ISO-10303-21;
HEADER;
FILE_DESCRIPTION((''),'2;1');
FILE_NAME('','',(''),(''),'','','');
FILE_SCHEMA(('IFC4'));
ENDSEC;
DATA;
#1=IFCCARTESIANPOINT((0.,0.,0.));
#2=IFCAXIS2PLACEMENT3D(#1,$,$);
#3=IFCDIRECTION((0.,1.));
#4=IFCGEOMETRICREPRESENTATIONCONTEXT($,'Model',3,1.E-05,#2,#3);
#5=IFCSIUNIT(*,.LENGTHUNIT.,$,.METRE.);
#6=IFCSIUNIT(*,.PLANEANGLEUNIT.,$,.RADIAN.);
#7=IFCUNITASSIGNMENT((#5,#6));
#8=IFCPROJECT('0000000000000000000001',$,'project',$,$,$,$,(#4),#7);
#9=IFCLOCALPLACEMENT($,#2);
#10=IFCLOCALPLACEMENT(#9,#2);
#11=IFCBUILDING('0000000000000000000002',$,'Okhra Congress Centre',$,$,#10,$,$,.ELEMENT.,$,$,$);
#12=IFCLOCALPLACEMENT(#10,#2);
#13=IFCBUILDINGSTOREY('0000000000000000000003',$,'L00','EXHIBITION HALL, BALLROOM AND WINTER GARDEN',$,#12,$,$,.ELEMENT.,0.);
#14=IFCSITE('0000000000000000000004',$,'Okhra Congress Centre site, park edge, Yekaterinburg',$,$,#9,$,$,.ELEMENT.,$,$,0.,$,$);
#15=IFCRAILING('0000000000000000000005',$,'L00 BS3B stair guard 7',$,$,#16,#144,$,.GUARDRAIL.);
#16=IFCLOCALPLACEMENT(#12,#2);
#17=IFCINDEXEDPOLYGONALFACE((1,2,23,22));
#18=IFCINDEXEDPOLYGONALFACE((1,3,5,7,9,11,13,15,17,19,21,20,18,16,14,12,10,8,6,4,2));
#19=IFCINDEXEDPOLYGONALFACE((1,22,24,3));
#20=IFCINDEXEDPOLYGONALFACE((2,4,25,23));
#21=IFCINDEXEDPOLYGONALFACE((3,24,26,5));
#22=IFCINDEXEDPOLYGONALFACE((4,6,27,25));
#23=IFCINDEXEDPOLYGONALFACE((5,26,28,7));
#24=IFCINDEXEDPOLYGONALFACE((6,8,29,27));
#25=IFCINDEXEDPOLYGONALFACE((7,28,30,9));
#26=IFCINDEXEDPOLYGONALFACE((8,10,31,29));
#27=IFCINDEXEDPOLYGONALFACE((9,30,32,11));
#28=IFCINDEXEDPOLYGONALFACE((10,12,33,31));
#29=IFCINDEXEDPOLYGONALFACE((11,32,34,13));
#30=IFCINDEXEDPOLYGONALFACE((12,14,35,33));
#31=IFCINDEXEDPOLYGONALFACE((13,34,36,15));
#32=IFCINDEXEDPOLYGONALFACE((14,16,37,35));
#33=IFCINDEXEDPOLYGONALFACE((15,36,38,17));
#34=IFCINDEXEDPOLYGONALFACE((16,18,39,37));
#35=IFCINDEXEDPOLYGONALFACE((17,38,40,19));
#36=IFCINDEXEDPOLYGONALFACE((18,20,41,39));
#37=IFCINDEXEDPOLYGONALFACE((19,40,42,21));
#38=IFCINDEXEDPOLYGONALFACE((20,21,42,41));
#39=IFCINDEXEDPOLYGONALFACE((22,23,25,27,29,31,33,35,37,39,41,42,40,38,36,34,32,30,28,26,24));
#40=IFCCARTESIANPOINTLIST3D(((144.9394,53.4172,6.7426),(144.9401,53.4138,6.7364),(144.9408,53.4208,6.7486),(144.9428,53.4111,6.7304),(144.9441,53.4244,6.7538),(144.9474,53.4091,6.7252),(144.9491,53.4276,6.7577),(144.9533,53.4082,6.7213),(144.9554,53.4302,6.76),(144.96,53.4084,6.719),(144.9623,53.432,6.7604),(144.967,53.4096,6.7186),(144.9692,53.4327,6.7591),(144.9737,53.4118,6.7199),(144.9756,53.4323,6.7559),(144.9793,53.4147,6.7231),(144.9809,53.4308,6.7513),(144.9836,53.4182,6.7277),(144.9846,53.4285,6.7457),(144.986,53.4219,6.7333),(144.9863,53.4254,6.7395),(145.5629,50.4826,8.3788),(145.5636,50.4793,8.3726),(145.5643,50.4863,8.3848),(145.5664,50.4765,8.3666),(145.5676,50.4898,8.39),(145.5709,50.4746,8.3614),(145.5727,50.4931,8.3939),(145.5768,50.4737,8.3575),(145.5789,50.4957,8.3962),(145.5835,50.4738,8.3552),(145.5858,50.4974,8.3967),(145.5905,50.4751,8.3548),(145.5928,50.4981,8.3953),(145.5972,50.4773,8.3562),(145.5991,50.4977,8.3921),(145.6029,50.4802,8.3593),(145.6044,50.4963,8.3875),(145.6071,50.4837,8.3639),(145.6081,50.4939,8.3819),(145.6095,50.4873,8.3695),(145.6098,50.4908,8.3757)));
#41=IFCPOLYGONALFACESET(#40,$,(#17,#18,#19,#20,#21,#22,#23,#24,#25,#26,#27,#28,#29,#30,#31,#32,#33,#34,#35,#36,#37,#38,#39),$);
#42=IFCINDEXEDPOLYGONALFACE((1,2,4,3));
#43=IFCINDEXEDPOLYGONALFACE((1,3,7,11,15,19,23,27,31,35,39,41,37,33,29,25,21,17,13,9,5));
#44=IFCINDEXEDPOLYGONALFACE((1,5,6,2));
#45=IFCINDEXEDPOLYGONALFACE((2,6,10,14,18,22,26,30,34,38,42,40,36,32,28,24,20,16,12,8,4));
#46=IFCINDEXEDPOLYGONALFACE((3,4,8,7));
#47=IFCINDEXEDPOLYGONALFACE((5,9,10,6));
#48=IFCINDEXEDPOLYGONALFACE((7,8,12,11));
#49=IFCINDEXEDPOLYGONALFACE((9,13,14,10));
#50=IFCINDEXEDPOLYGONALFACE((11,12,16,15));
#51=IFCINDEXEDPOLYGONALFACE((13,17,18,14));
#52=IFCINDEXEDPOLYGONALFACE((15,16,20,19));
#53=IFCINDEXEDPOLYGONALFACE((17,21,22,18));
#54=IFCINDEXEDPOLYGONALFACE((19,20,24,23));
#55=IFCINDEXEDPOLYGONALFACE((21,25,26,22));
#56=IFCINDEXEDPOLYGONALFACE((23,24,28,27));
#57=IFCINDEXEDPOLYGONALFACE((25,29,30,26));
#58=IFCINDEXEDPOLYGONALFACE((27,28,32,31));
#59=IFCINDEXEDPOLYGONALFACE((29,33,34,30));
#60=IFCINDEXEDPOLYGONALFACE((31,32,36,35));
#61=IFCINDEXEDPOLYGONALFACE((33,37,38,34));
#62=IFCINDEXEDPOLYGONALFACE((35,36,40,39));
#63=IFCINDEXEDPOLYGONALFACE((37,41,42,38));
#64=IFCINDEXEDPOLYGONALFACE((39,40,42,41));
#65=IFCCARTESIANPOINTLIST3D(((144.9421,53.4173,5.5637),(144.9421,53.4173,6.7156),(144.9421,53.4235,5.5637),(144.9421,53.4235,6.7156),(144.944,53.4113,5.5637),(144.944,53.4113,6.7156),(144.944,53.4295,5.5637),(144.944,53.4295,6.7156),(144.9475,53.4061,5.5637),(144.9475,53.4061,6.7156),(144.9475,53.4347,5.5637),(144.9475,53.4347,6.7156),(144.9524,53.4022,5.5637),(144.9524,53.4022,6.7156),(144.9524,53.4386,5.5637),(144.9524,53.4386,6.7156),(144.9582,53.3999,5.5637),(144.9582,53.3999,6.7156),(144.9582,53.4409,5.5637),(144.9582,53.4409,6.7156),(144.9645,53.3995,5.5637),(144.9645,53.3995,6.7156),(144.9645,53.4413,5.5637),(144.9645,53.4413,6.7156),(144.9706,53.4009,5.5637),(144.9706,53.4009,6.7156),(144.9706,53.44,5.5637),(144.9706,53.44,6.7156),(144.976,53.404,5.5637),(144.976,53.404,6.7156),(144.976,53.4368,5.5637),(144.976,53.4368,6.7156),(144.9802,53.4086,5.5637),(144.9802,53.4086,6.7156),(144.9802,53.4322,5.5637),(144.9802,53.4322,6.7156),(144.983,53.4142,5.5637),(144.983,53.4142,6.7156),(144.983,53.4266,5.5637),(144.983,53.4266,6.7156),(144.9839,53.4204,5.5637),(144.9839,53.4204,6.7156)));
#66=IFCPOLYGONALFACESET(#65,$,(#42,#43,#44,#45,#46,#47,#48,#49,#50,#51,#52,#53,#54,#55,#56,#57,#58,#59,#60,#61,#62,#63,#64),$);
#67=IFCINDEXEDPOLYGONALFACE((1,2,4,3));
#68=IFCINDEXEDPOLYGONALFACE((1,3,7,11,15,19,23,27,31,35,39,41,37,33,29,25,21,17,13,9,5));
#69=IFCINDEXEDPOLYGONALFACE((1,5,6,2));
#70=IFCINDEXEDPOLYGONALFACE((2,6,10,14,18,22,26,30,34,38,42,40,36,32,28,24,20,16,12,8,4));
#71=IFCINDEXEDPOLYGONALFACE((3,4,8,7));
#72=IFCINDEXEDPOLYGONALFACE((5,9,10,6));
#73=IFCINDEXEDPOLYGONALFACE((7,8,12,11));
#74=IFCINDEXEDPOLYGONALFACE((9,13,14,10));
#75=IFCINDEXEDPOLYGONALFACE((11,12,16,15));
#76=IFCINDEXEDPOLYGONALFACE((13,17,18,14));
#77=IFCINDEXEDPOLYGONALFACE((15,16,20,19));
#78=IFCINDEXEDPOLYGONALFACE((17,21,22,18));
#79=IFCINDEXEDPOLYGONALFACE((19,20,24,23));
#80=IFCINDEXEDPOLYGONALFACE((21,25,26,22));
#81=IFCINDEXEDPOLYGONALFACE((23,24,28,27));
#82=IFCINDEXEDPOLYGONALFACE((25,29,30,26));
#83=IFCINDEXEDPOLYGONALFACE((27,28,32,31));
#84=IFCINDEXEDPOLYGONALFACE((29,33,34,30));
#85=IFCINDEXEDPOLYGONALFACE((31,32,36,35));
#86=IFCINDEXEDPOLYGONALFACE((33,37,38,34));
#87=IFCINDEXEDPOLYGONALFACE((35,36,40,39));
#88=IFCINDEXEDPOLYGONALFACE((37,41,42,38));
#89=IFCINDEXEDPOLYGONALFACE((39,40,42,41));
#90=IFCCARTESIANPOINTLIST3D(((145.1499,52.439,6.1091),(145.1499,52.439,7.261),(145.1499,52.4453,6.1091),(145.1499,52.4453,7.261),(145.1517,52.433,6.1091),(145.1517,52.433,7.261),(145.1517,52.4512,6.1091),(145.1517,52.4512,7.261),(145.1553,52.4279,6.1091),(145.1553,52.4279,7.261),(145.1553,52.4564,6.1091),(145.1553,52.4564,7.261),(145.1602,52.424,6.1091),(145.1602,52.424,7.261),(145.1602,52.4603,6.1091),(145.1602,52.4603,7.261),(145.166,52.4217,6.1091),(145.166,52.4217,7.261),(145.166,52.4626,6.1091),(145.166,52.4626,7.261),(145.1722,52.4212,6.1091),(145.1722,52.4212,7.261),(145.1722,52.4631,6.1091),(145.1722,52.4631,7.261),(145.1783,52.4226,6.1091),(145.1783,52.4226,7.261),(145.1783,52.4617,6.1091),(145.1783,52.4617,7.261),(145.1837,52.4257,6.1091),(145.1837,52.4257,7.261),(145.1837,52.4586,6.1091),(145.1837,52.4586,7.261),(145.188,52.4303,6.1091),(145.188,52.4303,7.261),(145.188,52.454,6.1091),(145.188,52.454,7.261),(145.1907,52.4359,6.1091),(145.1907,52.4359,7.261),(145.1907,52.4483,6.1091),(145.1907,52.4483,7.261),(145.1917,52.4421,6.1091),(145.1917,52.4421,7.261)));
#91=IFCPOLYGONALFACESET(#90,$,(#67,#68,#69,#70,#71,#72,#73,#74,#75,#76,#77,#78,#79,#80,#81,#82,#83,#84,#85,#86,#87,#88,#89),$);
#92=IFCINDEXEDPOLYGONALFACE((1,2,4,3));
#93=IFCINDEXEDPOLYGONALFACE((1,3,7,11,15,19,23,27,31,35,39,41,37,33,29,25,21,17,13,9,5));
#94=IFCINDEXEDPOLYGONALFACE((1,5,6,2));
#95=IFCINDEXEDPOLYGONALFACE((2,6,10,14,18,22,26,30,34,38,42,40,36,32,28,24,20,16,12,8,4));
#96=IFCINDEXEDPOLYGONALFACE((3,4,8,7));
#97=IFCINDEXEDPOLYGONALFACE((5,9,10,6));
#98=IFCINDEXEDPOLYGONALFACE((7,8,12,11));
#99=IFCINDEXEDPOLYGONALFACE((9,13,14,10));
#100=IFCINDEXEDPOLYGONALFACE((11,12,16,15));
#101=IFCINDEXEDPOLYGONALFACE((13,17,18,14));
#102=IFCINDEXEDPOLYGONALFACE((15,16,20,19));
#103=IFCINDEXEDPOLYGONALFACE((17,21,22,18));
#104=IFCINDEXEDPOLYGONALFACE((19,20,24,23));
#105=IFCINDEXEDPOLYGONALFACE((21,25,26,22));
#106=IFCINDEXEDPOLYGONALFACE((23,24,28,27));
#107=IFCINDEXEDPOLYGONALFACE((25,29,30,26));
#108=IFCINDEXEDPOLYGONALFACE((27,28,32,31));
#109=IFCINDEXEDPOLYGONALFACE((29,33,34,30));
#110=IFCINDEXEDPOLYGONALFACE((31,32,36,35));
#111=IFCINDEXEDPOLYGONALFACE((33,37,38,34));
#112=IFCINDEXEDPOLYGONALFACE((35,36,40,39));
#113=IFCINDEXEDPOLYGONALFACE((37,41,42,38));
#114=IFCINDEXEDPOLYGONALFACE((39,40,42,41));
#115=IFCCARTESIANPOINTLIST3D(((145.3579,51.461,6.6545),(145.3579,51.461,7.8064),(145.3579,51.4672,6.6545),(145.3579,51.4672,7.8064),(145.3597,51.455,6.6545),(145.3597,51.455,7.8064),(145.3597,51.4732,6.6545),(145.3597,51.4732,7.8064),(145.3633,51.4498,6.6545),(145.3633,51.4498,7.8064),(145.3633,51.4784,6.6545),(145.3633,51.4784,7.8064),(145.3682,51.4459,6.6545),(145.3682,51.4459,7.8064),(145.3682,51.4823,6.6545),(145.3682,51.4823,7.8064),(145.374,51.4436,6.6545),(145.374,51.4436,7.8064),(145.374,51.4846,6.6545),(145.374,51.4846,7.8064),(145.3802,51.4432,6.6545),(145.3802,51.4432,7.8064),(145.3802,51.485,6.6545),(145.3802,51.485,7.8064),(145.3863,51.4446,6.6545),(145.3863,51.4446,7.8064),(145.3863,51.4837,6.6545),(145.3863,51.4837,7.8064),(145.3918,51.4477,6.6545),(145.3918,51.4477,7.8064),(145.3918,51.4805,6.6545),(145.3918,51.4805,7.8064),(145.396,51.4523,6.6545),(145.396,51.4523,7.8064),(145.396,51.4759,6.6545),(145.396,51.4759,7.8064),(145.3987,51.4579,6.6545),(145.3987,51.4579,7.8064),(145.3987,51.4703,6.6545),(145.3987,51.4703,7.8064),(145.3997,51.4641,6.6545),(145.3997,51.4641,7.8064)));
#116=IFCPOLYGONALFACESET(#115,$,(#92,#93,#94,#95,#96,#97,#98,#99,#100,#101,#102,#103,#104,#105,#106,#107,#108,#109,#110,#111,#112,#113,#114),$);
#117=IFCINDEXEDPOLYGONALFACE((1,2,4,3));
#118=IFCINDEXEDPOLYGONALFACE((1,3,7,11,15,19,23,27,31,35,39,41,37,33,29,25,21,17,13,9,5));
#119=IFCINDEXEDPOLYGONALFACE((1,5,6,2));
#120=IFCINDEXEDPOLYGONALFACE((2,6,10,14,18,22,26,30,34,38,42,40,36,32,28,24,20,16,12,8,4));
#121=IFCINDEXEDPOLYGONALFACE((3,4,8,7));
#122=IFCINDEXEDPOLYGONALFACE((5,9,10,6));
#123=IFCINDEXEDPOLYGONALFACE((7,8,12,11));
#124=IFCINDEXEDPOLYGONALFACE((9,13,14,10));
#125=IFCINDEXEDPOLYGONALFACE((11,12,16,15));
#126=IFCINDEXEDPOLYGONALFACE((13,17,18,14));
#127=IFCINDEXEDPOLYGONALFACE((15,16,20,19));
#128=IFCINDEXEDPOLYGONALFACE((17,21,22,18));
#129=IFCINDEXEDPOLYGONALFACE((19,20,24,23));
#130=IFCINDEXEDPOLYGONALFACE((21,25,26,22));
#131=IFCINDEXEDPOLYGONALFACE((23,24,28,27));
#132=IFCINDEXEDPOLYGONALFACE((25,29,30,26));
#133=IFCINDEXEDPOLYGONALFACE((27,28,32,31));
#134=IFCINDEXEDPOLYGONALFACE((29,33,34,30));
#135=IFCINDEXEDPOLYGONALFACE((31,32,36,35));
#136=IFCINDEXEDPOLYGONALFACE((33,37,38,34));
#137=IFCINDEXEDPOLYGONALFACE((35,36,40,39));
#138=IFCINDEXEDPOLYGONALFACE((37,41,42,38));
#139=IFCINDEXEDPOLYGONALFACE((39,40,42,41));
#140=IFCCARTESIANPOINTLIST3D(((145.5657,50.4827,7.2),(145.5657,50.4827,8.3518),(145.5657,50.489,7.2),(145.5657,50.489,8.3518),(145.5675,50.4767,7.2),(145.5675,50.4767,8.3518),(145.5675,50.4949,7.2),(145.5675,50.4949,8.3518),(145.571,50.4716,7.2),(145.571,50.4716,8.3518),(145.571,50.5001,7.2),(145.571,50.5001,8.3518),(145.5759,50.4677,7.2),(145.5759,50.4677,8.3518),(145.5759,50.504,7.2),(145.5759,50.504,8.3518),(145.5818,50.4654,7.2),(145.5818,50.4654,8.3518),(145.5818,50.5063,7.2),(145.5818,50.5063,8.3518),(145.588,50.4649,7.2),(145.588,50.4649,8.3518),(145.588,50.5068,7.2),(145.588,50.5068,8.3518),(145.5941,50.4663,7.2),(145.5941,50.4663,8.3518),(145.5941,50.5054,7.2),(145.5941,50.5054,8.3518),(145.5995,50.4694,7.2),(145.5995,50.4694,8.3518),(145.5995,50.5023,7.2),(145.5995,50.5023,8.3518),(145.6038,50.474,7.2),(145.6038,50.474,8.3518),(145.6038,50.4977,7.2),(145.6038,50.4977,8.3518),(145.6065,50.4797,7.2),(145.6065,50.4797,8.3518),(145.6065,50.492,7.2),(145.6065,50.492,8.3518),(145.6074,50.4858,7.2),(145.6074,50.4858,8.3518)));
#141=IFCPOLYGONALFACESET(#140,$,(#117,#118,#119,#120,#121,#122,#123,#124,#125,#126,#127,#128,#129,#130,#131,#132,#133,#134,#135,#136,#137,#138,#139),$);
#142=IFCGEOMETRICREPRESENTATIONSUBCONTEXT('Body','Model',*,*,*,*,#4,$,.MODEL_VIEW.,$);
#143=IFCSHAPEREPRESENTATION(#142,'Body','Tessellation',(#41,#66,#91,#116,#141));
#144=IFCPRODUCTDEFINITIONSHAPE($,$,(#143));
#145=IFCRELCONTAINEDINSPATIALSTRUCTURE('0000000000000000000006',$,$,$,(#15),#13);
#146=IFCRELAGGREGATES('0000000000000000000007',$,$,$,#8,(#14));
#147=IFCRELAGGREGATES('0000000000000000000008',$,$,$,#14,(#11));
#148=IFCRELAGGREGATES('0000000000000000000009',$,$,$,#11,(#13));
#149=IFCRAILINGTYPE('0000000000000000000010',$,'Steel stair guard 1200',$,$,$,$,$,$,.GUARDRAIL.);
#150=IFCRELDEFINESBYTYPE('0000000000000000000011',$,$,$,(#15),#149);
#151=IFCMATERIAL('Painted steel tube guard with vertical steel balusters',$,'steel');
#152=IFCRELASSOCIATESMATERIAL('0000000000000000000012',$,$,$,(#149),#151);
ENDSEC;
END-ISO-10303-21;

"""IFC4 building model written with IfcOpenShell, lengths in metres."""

from ifc_helpers import new_model, si_unit, direction, frame, origin, origin_2d, place, context, subcontext, project, spatial, circle, extrude, material, type_object, element, save


model = new_model("IFC4")

# Units and contexts
model_context = context("Model", 3, precision=1e-05, world=origin(), true_north=direction((0.0, 1.0)))
body_context = subcontext(model_context, "Body", "Model", "MODEL_VIEW")
ifc_project = project(units=[si_unit("LENGTHUNIT", "METRE"), si_unit("PLANEANGLEUNIT", "RADIAN")], contexts=[model_context])

# Site, building, storey
site_placement = place(None, origin())
site = spatial("IfcSite", under=ifc_project, at=site_placement, Name="Okhra Congress Centre site, park edge, Yekaterinburg", CompositionType="ELEMENT", RefElevation=0.0)
building_placement = place(site_placement, origin())
building = spatial("IfcBuilding", under=site, at=building_placement, Name="Okhra Congress Centre", CompositionType="ELEMENT")
storey_placement = place(building_placement, origin())
storey = spatial("IfcBuildingStorey", under=building, at=storey_placement, Name="L00", Description="EXHIBITION HALL, BALLROOM AND WINTER GARDEN", CompositionType="ELEMENT", Elevation=0.0)

# Railing
ifc_material_1 = material(Name="Painted steel tube guard with vertical steel balusters", Category="steel")
railing_type_1 = type_object("IfcRailingType", Name="Steel stair guard 1200", PredefinedType="GUARDRAIL", material=ifc_material_1)
railing_1_placement = place(storey_placement, frame((144.9629, 53.4204, 5.5637)))
element("IfcRailing", 1, at=railing_1_placement, inside=storey, type_object=railing_type_1, Name="L00 BS3B stair guard 7", PredefinedType="GUARDRAIL", context=body_context, shape_type="SweptSolid", body=[
    extrude(circle(Radius=0.0239, at=origin_2d()), frame((0.0, 0.0, 1.1758), z_axis=(0.182466, -0.858746, 0.478812), x_axis=(0.978163, 0.207839, 0.0)), (0.0, 0.0, 1.0), 3.4172),
    extrude(circle(Radius=0.021, at=origin_2d()), origin(), (0.0, 0.0, 1.0), 1.1519),
    extrude(circle(Radius=0.021, at=origin_2d()), frame((0.2078, -0.9783, 0.5454)), (0.0, 0.0, 1.0), 1.1519),
    extrude(circle(Radius=0.021, at=origin_2d()), frame((0.4158, -1.9563, 1.0908)), (0.0, 0.0, 1.0), 1.1519),
    extrude(circle(Radius=0.021, at=origin_2d()), frame((0.6235, -2.9346, 1.6362)), (0.0, 0.0, 1.0), 1.1519),
])

save(model, "model.ifc")
